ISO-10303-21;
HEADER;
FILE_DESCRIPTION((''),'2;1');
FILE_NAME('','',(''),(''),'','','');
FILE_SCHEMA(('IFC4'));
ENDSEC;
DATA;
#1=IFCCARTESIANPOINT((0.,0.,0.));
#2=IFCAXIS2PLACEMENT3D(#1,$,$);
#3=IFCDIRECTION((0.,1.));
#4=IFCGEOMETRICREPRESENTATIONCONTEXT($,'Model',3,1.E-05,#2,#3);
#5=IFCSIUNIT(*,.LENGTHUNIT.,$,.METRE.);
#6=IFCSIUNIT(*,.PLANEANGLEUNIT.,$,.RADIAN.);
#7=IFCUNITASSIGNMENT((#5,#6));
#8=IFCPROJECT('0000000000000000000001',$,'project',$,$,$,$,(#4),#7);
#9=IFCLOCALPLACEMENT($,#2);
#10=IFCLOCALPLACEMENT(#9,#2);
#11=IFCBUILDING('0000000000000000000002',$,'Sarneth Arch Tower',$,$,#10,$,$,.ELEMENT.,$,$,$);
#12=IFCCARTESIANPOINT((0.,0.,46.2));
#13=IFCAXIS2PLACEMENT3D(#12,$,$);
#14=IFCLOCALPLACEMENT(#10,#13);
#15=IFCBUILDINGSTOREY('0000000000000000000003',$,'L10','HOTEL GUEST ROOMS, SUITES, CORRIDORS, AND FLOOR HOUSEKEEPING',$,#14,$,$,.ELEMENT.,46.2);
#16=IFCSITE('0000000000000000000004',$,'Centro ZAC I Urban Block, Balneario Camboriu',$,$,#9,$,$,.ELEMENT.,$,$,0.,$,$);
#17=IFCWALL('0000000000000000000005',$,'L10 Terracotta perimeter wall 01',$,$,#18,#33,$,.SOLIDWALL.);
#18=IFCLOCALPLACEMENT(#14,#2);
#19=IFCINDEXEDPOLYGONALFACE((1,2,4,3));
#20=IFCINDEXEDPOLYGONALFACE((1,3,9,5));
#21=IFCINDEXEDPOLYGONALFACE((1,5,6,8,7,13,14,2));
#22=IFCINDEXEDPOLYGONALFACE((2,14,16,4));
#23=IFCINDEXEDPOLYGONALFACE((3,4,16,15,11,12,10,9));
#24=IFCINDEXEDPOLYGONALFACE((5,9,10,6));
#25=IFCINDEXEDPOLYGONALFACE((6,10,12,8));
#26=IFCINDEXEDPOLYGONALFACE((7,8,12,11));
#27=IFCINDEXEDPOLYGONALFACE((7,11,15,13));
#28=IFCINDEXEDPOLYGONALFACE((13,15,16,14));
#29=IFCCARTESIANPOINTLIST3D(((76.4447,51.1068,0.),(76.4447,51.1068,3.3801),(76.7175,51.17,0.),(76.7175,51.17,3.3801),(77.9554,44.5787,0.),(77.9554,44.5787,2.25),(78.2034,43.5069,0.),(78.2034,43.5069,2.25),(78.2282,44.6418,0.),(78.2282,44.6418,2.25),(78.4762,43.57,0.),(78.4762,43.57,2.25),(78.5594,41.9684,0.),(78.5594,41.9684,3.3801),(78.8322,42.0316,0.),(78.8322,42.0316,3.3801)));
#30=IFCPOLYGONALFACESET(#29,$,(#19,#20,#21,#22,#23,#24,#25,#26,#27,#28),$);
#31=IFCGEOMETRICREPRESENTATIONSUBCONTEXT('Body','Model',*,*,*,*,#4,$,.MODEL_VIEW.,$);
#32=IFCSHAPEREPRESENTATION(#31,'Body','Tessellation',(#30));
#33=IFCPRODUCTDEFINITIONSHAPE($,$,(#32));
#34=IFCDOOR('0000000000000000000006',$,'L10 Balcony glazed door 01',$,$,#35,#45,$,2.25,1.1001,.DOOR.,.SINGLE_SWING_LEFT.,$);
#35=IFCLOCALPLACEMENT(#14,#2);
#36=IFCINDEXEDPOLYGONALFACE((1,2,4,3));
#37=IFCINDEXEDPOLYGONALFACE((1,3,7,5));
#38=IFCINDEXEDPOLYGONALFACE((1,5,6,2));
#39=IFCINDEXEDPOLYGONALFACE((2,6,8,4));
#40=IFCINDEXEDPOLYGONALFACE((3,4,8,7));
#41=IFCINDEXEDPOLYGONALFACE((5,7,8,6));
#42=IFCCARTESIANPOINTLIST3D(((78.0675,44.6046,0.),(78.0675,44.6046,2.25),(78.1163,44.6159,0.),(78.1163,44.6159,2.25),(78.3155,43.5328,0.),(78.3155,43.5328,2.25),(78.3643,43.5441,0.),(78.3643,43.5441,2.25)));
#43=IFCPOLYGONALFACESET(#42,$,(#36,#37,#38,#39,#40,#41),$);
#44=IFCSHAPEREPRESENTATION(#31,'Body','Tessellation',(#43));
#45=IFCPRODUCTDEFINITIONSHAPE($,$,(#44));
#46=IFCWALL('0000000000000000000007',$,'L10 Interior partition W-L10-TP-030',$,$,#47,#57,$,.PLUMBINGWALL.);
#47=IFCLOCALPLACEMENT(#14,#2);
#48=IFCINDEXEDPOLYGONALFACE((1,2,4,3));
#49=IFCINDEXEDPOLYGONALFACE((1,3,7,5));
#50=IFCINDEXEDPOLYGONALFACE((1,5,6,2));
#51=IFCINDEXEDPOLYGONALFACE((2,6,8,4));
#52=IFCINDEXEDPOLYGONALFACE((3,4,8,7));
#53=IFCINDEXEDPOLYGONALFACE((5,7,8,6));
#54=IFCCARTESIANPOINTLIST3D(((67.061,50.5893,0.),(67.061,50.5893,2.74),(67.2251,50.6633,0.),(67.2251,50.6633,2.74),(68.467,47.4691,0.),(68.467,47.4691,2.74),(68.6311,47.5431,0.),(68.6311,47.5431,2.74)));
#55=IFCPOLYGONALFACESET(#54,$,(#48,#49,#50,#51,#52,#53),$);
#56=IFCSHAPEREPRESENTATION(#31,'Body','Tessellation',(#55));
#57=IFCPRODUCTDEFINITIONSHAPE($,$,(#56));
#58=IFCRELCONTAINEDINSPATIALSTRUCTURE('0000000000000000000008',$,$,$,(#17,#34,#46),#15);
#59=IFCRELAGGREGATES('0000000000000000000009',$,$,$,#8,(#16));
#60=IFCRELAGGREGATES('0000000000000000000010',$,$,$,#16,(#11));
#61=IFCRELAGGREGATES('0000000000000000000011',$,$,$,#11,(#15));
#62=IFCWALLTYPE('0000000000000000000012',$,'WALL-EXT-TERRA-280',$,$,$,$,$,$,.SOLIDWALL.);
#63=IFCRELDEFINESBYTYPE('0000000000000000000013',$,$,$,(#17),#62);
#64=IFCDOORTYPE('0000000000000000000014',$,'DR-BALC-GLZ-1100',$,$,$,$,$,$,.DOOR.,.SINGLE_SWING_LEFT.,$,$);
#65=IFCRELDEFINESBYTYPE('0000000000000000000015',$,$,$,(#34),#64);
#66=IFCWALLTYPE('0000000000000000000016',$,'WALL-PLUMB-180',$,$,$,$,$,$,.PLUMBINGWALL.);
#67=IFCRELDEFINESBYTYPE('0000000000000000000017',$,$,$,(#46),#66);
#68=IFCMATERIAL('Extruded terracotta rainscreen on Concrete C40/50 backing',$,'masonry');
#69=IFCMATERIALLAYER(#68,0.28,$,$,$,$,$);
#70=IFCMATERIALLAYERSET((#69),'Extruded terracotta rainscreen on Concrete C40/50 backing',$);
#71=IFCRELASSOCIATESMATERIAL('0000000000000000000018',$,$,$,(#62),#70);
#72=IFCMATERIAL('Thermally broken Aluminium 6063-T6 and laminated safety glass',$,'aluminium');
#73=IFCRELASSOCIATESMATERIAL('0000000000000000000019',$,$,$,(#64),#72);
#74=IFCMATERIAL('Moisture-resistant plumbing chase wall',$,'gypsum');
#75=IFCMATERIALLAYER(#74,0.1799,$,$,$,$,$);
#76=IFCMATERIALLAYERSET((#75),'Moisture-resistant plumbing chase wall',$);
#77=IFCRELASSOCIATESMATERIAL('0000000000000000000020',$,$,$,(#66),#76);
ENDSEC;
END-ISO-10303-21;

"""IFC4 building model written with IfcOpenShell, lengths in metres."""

from ifc_helpers import new_model, si_unit, direction, frame, frame_2d, origin, place, context, subcontext, project, spatial, rectangle, extrude, material, layer, layer_set, type_object, element, fill, save


model = new_model("IFC4")

# Units and contexts
model_context = context("Model", 3, precision=1e-05, world=origin(), true_north=direction((0.0, 1.0)))
body_context = subcontext(model_context, "Body", "Model", "MODEL_VIEW")
ifc_project = project(units=[si_unit("LENGTHUNIT", "METRE"), si_unit("PLANEANGLEUNIT", "RADIAN")], contexts=[model_context])

# Site, building, storey
site_placement = place(None, origin())
site = spatial("IfcSite", under=ifc_project, at=site_placement, Name="Centro ZAC I Urban Block, Balneario Camboriu", CompositionType="ELEMENT", RefElevation=0.0)
building_placement = place(site_placement, origin())
building = spatial("IfcBuilding", under=site, at=building_placement, Name="Sarneth Arch Tower", CompositionType="ELEMENT")
storey_placement = place(building_placement, frame((0.0, 0.0, 46.2)))
storey = spatial("IfcBuildingStorey", under=building, at=storey_placement, Name="L10", Description="HOTEL GUEST ROOMS, SUITES, CORRIDORS, AND FLOOR HOUSEKEEPING", CompositionType="ELEMENT", Elevation=46.2)

# Wall, opening, door
ifc_material_1 = material(Name="Extruded terracotta rainscreen on Concrete C40/50 backing", Category="masonry")
ifc_layer_1 = layer(ifc_material_1, 0.28)
ifc_layer_set_1 = layer_set([ifc_layer_1], Name="Extruded terracotta rainscreen on Concrete C40/50 backing")
wall_type_1 = type_object("IfcWallType", Name="WALL-EXT-TERRA-280", PredefinedType="SOLIDWALL", material=ifc_layer_set_1)
wall_1_placement = place(storey_placement, frame((78.6958, 42.0, 0.0), z_axis=(0.0, 0.0, 1.0), x_axis=(-0.225454, 0.974254, 0.0)))
wall_1 = element("IfcWall", 1, at=wall_1_placement, inside=storey, type_object=wall_type_1, Name="L10 Terracotta perimeter wall 01", PredefinedType="SOLIDWALL", context=body_context, shape_type="SweptSolid", body=[
    extrude(rectangle(XDim=9.3799, YDim=0.28, at=frame_2d((4.6899, 0.0))), origin(), (0.0, 0.0, 1.0), 3.3801),
])
opening_placement = place(wall_1_placement, frame((1.5791, 0.0, 0.0)))
opening = element("IfcOpeningElement", 2, at=opening_placement, cuts=wall_1, PredefinedType="OPENING", context=body_context, shape_type="SweptSolid", body=[
    extrude(rectangle(XDim=1.1001, YDim=2.25, at=frame_2d((0.55, 1.125))), frame((0.0, 0.1499, 0.0), z_axis=(0.0, -1.0, 0.0), x_axis=(1.0, 0.0, 0.0)), (0.0, 0.0, 1.0), 0.3),
])
ifc_material_2 = material(Name="Thermally broken Aluminium 6063-T6 and laminated safety glass", Category="aluminium")
door_type = type_object("IfcDoorType", Name="DR-BALC-GLZ-1100", OperationType="SINGLE_SWING_LEFT", PredefinedType="DOOR", material=ifc_material_2)
door_placement = place(opening_placement, origin())
door = element("IfcDoor", 3, at=door_placement, inside=storey, type_object=door_type, Name="L10 Balcony glazed door 01", OperationType="SINGLE_SWING_LEFT", OverallHeight=2.25, OverallWidth=1.1001, PredefinedType="DOOR", context=body_context, shape_type="SweptSolid", body=[
    extrude(rectangle(XDim=1.1001, YDim=2.25, at=frame_2d((0.55, 1.125))), frame((0.0, 0.0249, 0.0), z_axis=(0.0, -1.0, 0.0), x_axis=(1.0, 0.0, 0.0)), (0.0, 0.0, 1.0), 0.05),
])
fill(opening, door)

# Wall
ifc_material_3 = material(Name="Moisture-resistant plumbing chase wall", Category="gypsum")
ifc_layer_2 = layer(ifc_material_3, 0.1799)
ifc_layer_set_2 = layer_set([ifc_layer_2], Name="Moisture-resistant plumbing chase wall")
wall_type_2 = type_object("IfcWallType", Name="WALL-PLUMB-180", PredefinedType="PLUMBINGWALL", material=ifc_layer_set_2)
wall_2_placement = place(storey_placement, frame((68.5491, 47.5061, 0.0), z_axis=(0.0, 0.0, 1.0), x_axis=(-0.410839, 0.911708, 0.0)))
element("IfcWall", 4, at=wall_2_placement, inside=storey, type_object=wall_type_2, Name="L10 Interior partition W-L10-TP-030", PredefinedType="PLUMBINGWALL", context=body_context, shape_type="SweptSolid", body=[
    extrude(rectangle(XDim=3.4224, YDim=0.1799, at=frame_2d((1.7112, 0.0))), origin(), (0.0, 0.0, 1.0), 2.74),
])

save(model, "model.ifc")
